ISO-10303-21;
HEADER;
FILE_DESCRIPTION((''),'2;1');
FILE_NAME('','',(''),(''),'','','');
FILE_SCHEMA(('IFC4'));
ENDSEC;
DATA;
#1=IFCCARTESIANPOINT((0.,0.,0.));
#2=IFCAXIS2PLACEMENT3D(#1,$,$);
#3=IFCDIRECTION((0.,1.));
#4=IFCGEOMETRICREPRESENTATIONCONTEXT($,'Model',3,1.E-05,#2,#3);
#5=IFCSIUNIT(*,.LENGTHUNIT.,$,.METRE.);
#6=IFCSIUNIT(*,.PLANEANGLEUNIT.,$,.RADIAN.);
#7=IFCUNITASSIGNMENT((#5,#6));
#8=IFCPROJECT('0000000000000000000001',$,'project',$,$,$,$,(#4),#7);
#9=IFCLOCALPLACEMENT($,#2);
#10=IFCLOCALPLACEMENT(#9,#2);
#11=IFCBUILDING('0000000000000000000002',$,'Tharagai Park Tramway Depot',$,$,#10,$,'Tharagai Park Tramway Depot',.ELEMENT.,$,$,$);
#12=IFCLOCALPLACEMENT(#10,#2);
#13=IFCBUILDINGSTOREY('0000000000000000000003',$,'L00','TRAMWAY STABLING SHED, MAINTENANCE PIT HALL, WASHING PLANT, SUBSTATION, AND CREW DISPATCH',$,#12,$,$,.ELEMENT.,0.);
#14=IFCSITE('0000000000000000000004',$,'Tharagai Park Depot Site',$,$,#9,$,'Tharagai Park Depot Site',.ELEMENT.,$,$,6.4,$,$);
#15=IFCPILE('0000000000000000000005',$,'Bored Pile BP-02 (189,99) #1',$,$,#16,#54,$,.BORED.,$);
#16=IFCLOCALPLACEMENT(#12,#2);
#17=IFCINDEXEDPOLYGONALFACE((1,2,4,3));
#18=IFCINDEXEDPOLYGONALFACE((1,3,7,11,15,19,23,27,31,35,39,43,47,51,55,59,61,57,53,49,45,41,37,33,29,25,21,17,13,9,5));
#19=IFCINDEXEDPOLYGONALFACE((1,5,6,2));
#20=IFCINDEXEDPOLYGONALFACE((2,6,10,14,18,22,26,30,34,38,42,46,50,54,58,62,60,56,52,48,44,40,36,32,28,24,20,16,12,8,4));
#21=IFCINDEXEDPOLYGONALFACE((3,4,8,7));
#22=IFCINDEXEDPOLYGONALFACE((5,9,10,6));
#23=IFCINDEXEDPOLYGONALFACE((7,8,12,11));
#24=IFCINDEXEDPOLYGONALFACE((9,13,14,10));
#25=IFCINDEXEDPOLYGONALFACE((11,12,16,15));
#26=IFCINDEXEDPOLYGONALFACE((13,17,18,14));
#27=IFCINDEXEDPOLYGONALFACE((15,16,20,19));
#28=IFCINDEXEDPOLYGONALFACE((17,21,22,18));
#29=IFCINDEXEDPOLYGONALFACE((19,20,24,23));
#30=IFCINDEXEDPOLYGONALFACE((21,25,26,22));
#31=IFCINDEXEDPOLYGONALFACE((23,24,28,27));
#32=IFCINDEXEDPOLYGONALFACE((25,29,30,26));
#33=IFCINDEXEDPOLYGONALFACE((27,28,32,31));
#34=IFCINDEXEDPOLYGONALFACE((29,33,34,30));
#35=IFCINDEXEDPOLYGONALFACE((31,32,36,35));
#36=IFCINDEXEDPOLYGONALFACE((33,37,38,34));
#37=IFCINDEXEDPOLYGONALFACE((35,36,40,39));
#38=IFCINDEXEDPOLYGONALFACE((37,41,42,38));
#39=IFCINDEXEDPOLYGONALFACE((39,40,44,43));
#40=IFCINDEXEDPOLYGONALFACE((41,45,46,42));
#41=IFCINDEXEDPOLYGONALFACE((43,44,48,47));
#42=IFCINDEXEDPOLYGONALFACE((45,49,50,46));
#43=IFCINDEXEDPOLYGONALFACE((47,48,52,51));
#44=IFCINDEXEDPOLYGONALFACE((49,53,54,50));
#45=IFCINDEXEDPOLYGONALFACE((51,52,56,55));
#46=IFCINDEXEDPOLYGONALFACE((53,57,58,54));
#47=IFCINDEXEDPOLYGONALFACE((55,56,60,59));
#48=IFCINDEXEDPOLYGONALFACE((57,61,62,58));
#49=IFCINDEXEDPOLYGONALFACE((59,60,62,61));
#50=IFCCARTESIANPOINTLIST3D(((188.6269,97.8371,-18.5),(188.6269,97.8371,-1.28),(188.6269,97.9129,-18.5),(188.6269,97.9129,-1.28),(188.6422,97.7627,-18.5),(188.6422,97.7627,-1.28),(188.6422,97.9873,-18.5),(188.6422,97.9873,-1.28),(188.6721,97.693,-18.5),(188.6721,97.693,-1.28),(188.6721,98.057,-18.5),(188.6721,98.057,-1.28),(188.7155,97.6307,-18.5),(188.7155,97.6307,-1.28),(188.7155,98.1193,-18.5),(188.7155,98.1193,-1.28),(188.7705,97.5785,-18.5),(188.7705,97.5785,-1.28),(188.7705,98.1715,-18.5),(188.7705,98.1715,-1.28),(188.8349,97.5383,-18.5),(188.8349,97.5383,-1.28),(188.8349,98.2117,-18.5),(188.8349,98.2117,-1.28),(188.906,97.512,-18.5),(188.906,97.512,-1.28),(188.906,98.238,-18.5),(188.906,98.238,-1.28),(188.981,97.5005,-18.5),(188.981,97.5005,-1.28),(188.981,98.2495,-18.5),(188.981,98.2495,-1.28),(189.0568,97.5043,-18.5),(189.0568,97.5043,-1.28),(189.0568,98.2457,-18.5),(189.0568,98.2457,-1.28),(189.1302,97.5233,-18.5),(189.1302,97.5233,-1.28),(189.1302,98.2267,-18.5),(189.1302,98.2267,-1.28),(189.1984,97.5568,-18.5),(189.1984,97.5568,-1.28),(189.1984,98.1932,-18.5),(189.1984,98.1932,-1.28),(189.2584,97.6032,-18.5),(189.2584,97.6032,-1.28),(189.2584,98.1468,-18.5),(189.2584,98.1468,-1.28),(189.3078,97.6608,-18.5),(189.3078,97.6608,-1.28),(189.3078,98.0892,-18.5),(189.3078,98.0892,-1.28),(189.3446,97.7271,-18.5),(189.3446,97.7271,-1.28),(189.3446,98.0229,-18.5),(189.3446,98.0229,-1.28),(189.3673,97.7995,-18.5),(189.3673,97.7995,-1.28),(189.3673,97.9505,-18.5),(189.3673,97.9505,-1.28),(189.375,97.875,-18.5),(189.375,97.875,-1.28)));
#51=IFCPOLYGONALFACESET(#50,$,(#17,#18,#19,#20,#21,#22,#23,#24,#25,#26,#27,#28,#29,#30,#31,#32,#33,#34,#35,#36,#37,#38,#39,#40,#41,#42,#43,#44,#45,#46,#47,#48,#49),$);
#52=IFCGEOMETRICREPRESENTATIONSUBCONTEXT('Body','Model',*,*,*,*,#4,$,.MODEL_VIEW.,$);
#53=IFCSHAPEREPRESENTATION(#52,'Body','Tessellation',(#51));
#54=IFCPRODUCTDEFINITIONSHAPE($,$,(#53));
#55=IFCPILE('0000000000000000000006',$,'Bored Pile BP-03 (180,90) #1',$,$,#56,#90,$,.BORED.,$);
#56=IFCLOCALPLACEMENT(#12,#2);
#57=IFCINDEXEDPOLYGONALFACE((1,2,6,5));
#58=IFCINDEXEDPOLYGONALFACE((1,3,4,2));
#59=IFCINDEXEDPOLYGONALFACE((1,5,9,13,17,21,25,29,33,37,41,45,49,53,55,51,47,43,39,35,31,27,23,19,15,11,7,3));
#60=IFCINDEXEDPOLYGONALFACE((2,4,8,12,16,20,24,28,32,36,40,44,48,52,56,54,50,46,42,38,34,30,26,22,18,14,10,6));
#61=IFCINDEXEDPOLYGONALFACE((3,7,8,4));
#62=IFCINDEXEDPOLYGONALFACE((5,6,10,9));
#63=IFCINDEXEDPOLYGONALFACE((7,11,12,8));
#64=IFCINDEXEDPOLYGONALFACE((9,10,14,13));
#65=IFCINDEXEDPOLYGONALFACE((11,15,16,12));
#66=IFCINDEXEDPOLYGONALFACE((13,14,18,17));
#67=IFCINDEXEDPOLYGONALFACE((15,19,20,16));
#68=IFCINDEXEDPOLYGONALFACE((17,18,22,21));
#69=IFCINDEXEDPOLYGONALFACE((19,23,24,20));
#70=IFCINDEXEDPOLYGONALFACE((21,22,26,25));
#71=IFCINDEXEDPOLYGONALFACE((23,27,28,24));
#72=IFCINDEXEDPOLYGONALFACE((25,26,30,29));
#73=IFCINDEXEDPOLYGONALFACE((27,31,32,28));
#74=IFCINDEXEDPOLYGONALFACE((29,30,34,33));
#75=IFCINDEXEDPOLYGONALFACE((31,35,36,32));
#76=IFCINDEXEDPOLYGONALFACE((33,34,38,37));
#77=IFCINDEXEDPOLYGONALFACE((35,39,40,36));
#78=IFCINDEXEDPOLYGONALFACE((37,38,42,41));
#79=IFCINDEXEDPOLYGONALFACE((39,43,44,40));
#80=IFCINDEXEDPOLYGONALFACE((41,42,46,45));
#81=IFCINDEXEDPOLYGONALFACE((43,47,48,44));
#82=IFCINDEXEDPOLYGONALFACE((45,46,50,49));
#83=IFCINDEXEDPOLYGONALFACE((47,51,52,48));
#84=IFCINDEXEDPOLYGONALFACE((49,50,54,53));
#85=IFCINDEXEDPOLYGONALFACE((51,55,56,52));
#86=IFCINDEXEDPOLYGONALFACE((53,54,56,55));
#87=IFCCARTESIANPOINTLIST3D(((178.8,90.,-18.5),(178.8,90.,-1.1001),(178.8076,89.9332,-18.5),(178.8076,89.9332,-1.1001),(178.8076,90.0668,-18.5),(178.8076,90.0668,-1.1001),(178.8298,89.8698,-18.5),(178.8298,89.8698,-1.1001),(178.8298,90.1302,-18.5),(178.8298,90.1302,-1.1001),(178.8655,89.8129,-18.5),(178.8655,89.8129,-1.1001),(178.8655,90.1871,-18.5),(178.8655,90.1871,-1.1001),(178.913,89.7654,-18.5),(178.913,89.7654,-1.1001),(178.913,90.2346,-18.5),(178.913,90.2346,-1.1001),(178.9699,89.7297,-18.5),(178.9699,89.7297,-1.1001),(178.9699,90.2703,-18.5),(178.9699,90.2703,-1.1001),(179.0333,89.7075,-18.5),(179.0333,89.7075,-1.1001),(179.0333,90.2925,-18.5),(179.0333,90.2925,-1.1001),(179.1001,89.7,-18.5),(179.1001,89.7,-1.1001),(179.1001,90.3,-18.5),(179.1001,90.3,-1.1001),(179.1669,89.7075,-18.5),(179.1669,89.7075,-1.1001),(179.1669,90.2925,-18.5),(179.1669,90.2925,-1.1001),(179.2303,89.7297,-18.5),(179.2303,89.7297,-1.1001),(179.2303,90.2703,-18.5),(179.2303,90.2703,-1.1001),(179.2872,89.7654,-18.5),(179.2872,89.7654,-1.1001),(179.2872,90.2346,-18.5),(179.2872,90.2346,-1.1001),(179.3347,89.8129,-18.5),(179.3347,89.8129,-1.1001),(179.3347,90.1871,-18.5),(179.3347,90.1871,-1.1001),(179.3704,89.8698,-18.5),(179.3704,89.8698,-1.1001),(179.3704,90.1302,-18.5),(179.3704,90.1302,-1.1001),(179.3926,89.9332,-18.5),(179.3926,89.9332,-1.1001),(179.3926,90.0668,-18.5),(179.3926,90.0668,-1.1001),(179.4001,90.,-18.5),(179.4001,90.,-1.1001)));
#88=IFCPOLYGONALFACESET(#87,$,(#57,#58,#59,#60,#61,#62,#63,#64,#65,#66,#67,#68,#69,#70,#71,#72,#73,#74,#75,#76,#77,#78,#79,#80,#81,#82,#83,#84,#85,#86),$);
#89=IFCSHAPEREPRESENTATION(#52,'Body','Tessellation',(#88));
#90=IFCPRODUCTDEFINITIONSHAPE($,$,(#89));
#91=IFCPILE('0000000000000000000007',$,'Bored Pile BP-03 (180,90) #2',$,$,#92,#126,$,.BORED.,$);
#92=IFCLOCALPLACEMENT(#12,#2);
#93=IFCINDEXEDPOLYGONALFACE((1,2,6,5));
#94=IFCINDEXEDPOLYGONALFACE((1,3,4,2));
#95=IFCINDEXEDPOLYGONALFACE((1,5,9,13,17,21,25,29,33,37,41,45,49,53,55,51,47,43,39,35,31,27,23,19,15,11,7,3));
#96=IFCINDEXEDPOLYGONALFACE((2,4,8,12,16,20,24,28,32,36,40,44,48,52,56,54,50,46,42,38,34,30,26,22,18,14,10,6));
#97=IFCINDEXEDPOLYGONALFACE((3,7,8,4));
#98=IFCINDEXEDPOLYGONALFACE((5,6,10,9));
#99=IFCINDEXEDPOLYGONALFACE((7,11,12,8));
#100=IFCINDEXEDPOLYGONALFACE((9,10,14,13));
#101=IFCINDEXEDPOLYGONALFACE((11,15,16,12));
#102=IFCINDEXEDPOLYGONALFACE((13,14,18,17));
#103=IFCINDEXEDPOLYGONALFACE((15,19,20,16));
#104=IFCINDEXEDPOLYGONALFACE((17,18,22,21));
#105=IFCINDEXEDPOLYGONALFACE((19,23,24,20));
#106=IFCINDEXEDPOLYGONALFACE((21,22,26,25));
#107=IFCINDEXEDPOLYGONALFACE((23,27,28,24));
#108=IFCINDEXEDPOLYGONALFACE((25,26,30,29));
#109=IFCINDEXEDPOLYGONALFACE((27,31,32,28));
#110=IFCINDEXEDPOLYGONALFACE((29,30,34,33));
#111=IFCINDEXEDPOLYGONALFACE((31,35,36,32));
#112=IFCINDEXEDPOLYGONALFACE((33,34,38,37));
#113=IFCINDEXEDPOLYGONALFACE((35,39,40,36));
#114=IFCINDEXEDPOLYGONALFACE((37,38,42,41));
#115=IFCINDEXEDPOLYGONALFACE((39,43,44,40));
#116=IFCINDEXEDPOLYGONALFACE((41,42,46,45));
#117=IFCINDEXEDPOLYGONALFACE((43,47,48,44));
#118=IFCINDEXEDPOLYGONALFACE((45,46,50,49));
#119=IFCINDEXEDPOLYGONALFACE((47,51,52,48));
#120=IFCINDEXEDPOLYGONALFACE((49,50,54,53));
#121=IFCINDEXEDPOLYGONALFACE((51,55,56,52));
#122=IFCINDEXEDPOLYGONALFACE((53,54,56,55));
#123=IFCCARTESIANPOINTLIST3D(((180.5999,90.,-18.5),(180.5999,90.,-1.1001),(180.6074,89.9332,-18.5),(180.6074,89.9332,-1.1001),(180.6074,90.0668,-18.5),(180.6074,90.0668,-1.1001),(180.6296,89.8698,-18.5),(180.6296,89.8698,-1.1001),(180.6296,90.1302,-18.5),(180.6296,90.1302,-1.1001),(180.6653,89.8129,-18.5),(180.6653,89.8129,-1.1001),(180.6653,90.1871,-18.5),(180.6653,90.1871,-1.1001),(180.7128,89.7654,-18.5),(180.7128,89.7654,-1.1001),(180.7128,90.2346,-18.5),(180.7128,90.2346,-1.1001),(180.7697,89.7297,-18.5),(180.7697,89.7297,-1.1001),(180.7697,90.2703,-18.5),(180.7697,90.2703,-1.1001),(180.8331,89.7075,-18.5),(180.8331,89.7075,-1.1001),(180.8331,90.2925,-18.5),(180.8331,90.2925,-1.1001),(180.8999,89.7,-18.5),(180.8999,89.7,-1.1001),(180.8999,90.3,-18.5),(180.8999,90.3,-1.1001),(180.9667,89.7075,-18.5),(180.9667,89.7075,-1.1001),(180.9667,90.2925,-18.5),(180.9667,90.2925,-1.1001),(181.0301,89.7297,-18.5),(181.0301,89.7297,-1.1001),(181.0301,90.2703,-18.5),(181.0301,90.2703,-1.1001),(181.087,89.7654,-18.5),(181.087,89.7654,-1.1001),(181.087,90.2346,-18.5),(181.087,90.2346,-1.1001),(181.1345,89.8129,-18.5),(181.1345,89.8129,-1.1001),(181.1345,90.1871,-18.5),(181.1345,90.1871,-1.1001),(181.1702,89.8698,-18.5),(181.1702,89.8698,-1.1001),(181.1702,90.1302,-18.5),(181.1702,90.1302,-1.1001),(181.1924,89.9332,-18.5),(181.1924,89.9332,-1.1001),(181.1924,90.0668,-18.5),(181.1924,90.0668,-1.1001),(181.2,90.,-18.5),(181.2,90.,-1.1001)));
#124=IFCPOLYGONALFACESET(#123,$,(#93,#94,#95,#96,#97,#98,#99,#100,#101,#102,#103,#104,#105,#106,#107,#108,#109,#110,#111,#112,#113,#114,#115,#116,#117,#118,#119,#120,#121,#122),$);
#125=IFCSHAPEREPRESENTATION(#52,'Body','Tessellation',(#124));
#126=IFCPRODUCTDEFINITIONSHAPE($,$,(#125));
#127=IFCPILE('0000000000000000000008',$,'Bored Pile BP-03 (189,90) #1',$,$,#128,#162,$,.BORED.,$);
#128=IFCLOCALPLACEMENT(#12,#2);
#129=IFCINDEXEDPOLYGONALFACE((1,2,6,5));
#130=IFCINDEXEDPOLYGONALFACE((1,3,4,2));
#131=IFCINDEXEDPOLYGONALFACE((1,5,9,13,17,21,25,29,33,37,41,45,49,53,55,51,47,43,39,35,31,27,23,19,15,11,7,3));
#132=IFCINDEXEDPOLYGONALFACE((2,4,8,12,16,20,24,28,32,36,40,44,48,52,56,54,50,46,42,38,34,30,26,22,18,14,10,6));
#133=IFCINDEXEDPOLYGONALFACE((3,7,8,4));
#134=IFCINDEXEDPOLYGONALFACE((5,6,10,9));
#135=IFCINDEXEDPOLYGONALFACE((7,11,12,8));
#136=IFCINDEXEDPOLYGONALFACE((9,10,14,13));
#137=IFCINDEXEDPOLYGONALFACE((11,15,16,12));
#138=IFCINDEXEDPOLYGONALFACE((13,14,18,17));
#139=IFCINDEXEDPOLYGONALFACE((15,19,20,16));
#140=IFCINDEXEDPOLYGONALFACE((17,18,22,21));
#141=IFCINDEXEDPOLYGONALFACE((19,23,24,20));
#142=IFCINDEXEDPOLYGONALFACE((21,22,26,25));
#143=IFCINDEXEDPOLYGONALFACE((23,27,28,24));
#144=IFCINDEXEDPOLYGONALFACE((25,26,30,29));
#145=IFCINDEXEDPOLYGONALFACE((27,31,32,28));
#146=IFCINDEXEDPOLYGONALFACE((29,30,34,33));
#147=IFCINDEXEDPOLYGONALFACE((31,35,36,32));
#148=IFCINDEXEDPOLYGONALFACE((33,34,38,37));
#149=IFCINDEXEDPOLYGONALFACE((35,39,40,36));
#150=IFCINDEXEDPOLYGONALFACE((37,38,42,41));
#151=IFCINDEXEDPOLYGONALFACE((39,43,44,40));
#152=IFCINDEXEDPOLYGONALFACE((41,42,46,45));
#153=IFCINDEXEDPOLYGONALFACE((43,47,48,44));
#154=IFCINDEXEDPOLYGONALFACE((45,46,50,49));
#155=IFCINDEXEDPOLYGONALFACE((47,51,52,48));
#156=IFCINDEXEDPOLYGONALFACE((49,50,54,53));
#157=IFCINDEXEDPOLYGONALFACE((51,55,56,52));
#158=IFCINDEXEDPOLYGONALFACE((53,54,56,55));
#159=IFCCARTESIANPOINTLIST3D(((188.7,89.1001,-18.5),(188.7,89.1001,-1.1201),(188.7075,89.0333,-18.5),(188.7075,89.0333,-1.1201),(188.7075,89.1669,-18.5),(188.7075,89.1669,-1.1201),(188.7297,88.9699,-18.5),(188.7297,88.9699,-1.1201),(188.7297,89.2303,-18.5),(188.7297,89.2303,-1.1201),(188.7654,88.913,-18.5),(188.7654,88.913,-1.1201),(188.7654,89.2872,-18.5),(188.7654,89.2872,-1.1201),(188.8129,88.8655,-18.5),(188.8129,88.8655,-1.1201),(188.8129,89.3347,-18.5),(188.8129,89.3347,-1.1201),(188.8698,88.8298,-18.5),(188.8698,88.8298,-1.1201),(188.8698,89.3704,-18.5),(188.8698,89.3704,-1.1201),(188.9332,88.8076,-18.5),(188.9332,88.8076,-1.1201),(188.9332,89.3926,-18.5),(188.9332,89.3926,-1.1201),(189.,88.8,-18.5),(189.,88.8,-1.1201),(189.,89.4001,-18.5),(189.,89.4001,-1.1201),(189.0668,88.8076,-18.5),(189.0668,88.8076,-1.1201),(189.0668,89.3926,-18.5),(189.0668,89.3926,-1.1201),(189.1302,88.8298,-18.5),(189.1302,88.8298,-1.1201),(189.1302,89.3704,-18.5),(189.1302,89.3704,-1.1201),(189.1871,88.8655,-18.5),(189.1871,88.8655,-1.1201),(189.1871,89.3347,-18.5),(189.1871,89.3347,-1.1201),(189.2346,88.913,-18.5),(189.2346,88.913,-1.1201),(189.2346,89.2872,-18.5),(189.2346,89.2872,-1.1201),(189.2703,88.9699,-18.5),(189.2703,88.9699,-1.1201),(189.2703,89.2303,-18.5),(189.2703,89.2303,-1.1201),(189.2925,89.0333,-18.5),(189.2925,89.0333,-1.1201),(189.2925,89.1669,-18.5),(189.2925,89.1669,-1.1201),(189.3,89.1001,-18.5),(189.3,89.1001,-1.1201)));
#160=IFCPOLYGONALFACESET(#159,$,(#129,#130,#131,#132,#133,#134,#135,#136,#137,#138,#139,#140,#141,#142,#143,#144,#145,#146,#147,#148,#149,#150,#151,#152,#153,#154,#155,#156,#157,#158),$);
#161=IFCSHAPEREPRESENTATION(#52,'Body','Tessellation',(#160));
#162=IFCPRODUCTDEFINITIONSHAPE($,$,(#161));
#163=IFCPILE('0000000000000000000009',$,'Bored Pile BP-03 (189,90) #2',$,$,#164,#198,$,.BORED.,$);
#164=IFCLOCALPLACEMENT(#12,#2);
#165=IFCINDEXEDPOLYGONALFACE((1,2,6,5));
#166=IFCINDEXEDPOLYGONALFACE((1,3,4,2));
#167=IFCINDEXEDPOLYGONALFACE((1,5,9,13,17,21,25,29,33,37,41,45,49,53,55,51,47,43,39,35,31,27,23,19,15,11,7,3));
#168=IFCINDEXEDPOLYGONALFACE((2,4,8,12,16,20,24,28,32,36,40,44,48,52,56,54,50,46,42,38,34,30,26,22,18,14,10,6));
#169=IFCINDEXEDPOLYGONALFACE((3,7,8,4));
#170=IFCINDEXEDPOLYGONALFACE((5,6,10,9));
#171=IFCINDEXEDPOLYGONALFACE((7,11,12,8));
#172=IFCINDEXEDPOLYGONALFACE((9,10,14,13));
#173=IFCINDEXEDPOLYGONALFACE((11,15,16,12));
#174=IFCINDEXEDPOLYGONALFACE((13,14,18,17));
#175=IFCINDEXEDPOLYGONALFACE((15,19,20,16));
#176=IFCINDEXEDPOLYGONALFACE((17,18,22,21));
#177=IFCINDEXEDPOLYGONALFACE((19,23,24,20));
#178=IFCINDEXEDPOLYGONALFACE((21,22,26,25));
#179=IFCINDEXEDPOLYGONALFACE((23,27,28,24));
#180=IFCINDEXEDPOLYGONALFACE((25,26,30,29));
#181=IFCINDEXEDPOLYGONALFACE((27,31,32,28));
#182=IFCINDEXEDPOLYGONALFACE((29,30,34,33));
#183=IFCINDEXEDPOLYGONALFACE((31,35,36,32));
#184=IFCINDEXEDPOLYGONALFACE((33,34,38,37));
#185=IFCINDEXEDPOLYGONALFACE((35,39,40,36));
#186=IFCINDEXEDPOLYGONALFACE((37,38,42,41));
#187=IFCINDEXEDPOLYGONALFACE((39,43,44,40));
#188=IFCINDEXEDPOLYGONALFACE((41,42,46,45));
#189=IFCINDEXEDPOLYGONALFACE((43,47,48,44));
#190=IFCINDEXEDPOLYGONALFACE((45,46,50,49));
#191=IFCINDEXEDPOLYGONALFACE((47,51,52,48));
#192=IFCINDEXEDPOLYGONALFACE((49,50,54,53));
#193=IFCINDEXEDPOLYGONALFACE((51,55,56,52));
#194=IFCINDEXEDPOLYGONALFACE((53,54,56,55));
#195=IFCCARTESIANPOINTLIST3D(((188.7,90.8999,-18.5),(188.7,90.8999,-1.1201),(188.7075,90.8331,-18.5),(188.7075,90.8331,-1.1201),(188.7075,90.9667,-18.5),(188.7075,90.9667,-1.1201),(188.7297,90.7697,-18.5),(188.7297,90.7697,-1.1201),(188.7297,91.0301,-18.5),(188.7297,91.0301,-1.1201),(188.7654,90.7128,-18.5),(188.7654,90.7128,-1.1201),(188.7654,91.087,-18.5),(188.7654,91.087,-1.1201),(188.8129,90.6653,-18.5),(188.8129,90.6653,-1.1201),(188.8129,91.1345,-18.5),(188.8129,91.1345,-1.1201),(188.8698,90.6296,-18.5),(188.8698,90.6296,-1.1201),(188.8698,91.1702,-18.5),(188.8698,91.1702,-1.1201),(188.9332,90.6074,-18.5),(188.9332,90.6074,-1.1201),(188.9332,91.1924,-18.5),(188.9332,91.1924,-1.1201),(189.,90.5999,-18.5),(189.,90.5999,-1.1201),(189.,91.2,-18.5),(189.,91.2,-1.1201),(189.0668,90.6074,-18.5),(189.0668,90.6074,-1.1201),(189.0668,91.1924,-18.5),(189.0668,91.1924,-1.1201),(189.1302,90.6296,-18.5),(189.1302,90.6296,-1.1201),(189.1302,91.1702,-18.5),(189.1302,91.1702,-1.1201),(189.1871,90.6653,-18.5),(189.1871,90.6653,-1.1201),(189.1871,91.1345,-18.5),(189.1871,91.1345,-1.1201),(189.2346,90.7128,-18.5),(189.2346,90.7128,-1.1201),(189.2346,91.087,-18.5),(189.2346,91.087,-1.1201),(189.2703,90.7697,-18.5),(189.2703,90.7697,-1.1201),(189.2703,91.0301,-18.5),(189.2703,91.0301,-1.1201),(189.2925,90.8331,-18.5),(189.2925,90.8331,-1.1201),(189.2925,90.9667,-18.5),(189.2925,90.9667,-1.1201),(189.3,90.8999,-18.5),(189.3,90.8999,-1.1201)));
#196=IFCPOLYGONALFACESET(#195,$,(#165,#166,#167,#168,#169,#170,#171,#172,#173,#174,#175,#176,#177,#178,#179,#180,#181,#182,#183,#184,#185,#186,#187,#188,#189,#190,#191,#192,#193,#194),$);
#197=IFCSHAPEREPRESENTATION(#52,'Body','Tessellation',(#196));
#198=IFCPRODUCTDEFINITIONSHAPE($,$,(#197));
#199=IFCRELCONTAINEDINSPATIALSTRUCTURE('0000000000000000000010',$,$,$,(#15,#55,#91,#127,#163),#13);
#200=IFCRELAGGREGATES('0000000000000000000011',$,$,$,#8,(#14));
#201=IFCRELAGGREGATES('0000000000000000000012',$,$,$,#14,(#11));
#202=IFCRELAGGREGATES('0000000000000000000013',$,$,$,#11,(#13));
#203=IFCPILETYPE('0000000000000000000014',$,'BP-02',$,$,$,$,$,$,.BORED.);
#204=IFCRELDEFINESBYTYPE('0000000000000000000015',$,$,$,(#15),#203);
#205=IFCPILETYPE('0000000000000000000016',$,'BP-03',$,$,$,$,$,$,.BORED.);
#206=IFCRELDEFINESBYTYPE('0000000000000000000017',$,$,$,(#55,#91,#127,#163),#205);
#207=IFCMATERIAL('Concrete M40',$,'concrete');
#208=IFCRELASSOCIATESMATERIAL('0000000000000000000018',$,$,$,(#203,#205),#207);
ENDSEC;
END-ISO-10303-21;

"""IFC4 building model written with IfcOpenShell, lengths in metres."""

from ifc_helpers import new_model, si_unit, direction, frame, origin, origin_2d, place, context, subcontext, project, spatial, circle, extrude, material, material_profile, profile_set, type_object, element, save


model = new_model("IFC4")

# Units and contexts
model_context = context("Model", 3, precision=1e-05, world=origin(), true_north=direction((0.0, 1.0)))
body_context = subcontext(model_context, "Body", "Model", "MODEL_VIEW")
ifc_project = project(units=[si_unit("LENGTHUNIT", "METRE"), si_unit("PLANEANGLEUNIT", "RADIAN")], contexts=[model_context])

# Site, building, storey
site_placement = place(None, origin())
site = spatial("IfcSite", under=ifc_project, at=site_placement, Name="Tharagai Park Depot Site", LongName="Tharagai Park Depot Site", CompositionType="ELEMENT", RefElevation=6.4)
building_placement = place(site_placement, origin())
building = spatial("IfcBuilding", under=site, at=building_placement, Name="Tharagai Park Tramway Depot", LongName="Tharagai Park Tramway Depot", CompositionType="ELEMENT")
storey_placement = place(building_placement, origin())
storey = spatial("IfcBuildingStorey", under=building, at=storey_placement, Name="L00", Description="TRAMWAY STABLING SHED, MAINTENANCE PIT HALL, WASHING PLANT, SUBSTATION, AND CREW DISPATCH", CompositionType="ELEMENT", Elevation=0.0)

# Piles
ifc_material_1 = material(Name="Concrete M40", Category="concrete")
ifc_material_profile_1 = material_profile(ifc_material_1, circle(Radius=0.375, at=origin_2d()), Name="PILE D750")
ifc_profile_set_1 = profile_set([ifc_material_profile_1], Name="Concrete M40")
pile_type_1 = type_object("IfcPileType", Name="BP-02", PredefinedType="BORED", material=ifc_profile_set_1)
pile_1_placement = place(storey_placement, frame((189.0, 97.875, -1.28), z_axis=(0.0, 0.0, -1.0), x_axis=(1.0, 0.0, 0.0)))
element("IfcPile", 1, at=pile_1_placement, inside=storey, type_object=pile_type_1, Name="Bored Pile BP-02 (189,99) #1", PredefinedType="BORED", context=body_context, shape_type="SweptSolid", body=[
    extrude(circle(Radius=0.375, at=origin_2d()), origin(), (0.0, 0.0, 1.0), 17.22),
])
ifc_material_profile_2 = material_profile(ifc_material_1, circle(Radius=0.3, at=origin_2d()), Name="PILE D600")
ifc_profile_set_2 = profile_set([ifc_material_profile_2], Name="Concrete M40")
pile_type_2 = type_object("IfcPileType", Name="BP-03", PredefinedType="BORED", material=ifc_profile_set_2)
for number, where, z_axis, x_axis, name in (
    (2, (179.1001, 90.0, -1.1001), (0.0, 0.0, -1.0), (1.0, 0.0, 0.0), "Bored Pile BP-03 (180,90) #1"),
    (3, (180.8999, 90.0, -1.1001), (0.0, 0.0, -1.0), (1.0, 0.0, 0.0), "Bored Pile BP-03 (180,90) #2"),
):
    element("IfcPile", number, at=place(storey_placement, frame(where, z_axis=z_axis, x_axis=x_axis)), inside=storey, type_object=pile_type_2, Name=name, PredefinedType="BORED", context=body_context, shape_type="SweptSolid", body=[
        extrude(circle(Radius=0.3, at=origin_2d()), origin(), (0.0, 0.0, 1.0), 17.3999),
    ])
for number, where, z_axis, x_axis, name in (
    (4, (189.0, 89.1001, -1.1201), (0.0, 0.0, -1.0), (1.0, 0.0, 0.0), "Bored Pile BP-03 (189,90) #1"),
    (5, (189.0, 90.8999, -1.1201), (0.0, 0.0, -1.0), (1.0, 0.0, 0.0), "Bored Pile BP-03 (189,90) #2"),
):
    element("IfcPile", number, at=place(storey_placement, frame(where, z_axis=z_axis, x_axis=x_axis)), inside=storey, type_object=pile_type_2, Name=name, PredefinedType="BORED", context=body_context, shape_type="SweptSolid", body=[
        extrude(circle(Radius=0.3, at=origin_2d()), origin(), (0.0, 0.0, 1.0), 17.3799),
    ])

save(model, "model.ifc")
